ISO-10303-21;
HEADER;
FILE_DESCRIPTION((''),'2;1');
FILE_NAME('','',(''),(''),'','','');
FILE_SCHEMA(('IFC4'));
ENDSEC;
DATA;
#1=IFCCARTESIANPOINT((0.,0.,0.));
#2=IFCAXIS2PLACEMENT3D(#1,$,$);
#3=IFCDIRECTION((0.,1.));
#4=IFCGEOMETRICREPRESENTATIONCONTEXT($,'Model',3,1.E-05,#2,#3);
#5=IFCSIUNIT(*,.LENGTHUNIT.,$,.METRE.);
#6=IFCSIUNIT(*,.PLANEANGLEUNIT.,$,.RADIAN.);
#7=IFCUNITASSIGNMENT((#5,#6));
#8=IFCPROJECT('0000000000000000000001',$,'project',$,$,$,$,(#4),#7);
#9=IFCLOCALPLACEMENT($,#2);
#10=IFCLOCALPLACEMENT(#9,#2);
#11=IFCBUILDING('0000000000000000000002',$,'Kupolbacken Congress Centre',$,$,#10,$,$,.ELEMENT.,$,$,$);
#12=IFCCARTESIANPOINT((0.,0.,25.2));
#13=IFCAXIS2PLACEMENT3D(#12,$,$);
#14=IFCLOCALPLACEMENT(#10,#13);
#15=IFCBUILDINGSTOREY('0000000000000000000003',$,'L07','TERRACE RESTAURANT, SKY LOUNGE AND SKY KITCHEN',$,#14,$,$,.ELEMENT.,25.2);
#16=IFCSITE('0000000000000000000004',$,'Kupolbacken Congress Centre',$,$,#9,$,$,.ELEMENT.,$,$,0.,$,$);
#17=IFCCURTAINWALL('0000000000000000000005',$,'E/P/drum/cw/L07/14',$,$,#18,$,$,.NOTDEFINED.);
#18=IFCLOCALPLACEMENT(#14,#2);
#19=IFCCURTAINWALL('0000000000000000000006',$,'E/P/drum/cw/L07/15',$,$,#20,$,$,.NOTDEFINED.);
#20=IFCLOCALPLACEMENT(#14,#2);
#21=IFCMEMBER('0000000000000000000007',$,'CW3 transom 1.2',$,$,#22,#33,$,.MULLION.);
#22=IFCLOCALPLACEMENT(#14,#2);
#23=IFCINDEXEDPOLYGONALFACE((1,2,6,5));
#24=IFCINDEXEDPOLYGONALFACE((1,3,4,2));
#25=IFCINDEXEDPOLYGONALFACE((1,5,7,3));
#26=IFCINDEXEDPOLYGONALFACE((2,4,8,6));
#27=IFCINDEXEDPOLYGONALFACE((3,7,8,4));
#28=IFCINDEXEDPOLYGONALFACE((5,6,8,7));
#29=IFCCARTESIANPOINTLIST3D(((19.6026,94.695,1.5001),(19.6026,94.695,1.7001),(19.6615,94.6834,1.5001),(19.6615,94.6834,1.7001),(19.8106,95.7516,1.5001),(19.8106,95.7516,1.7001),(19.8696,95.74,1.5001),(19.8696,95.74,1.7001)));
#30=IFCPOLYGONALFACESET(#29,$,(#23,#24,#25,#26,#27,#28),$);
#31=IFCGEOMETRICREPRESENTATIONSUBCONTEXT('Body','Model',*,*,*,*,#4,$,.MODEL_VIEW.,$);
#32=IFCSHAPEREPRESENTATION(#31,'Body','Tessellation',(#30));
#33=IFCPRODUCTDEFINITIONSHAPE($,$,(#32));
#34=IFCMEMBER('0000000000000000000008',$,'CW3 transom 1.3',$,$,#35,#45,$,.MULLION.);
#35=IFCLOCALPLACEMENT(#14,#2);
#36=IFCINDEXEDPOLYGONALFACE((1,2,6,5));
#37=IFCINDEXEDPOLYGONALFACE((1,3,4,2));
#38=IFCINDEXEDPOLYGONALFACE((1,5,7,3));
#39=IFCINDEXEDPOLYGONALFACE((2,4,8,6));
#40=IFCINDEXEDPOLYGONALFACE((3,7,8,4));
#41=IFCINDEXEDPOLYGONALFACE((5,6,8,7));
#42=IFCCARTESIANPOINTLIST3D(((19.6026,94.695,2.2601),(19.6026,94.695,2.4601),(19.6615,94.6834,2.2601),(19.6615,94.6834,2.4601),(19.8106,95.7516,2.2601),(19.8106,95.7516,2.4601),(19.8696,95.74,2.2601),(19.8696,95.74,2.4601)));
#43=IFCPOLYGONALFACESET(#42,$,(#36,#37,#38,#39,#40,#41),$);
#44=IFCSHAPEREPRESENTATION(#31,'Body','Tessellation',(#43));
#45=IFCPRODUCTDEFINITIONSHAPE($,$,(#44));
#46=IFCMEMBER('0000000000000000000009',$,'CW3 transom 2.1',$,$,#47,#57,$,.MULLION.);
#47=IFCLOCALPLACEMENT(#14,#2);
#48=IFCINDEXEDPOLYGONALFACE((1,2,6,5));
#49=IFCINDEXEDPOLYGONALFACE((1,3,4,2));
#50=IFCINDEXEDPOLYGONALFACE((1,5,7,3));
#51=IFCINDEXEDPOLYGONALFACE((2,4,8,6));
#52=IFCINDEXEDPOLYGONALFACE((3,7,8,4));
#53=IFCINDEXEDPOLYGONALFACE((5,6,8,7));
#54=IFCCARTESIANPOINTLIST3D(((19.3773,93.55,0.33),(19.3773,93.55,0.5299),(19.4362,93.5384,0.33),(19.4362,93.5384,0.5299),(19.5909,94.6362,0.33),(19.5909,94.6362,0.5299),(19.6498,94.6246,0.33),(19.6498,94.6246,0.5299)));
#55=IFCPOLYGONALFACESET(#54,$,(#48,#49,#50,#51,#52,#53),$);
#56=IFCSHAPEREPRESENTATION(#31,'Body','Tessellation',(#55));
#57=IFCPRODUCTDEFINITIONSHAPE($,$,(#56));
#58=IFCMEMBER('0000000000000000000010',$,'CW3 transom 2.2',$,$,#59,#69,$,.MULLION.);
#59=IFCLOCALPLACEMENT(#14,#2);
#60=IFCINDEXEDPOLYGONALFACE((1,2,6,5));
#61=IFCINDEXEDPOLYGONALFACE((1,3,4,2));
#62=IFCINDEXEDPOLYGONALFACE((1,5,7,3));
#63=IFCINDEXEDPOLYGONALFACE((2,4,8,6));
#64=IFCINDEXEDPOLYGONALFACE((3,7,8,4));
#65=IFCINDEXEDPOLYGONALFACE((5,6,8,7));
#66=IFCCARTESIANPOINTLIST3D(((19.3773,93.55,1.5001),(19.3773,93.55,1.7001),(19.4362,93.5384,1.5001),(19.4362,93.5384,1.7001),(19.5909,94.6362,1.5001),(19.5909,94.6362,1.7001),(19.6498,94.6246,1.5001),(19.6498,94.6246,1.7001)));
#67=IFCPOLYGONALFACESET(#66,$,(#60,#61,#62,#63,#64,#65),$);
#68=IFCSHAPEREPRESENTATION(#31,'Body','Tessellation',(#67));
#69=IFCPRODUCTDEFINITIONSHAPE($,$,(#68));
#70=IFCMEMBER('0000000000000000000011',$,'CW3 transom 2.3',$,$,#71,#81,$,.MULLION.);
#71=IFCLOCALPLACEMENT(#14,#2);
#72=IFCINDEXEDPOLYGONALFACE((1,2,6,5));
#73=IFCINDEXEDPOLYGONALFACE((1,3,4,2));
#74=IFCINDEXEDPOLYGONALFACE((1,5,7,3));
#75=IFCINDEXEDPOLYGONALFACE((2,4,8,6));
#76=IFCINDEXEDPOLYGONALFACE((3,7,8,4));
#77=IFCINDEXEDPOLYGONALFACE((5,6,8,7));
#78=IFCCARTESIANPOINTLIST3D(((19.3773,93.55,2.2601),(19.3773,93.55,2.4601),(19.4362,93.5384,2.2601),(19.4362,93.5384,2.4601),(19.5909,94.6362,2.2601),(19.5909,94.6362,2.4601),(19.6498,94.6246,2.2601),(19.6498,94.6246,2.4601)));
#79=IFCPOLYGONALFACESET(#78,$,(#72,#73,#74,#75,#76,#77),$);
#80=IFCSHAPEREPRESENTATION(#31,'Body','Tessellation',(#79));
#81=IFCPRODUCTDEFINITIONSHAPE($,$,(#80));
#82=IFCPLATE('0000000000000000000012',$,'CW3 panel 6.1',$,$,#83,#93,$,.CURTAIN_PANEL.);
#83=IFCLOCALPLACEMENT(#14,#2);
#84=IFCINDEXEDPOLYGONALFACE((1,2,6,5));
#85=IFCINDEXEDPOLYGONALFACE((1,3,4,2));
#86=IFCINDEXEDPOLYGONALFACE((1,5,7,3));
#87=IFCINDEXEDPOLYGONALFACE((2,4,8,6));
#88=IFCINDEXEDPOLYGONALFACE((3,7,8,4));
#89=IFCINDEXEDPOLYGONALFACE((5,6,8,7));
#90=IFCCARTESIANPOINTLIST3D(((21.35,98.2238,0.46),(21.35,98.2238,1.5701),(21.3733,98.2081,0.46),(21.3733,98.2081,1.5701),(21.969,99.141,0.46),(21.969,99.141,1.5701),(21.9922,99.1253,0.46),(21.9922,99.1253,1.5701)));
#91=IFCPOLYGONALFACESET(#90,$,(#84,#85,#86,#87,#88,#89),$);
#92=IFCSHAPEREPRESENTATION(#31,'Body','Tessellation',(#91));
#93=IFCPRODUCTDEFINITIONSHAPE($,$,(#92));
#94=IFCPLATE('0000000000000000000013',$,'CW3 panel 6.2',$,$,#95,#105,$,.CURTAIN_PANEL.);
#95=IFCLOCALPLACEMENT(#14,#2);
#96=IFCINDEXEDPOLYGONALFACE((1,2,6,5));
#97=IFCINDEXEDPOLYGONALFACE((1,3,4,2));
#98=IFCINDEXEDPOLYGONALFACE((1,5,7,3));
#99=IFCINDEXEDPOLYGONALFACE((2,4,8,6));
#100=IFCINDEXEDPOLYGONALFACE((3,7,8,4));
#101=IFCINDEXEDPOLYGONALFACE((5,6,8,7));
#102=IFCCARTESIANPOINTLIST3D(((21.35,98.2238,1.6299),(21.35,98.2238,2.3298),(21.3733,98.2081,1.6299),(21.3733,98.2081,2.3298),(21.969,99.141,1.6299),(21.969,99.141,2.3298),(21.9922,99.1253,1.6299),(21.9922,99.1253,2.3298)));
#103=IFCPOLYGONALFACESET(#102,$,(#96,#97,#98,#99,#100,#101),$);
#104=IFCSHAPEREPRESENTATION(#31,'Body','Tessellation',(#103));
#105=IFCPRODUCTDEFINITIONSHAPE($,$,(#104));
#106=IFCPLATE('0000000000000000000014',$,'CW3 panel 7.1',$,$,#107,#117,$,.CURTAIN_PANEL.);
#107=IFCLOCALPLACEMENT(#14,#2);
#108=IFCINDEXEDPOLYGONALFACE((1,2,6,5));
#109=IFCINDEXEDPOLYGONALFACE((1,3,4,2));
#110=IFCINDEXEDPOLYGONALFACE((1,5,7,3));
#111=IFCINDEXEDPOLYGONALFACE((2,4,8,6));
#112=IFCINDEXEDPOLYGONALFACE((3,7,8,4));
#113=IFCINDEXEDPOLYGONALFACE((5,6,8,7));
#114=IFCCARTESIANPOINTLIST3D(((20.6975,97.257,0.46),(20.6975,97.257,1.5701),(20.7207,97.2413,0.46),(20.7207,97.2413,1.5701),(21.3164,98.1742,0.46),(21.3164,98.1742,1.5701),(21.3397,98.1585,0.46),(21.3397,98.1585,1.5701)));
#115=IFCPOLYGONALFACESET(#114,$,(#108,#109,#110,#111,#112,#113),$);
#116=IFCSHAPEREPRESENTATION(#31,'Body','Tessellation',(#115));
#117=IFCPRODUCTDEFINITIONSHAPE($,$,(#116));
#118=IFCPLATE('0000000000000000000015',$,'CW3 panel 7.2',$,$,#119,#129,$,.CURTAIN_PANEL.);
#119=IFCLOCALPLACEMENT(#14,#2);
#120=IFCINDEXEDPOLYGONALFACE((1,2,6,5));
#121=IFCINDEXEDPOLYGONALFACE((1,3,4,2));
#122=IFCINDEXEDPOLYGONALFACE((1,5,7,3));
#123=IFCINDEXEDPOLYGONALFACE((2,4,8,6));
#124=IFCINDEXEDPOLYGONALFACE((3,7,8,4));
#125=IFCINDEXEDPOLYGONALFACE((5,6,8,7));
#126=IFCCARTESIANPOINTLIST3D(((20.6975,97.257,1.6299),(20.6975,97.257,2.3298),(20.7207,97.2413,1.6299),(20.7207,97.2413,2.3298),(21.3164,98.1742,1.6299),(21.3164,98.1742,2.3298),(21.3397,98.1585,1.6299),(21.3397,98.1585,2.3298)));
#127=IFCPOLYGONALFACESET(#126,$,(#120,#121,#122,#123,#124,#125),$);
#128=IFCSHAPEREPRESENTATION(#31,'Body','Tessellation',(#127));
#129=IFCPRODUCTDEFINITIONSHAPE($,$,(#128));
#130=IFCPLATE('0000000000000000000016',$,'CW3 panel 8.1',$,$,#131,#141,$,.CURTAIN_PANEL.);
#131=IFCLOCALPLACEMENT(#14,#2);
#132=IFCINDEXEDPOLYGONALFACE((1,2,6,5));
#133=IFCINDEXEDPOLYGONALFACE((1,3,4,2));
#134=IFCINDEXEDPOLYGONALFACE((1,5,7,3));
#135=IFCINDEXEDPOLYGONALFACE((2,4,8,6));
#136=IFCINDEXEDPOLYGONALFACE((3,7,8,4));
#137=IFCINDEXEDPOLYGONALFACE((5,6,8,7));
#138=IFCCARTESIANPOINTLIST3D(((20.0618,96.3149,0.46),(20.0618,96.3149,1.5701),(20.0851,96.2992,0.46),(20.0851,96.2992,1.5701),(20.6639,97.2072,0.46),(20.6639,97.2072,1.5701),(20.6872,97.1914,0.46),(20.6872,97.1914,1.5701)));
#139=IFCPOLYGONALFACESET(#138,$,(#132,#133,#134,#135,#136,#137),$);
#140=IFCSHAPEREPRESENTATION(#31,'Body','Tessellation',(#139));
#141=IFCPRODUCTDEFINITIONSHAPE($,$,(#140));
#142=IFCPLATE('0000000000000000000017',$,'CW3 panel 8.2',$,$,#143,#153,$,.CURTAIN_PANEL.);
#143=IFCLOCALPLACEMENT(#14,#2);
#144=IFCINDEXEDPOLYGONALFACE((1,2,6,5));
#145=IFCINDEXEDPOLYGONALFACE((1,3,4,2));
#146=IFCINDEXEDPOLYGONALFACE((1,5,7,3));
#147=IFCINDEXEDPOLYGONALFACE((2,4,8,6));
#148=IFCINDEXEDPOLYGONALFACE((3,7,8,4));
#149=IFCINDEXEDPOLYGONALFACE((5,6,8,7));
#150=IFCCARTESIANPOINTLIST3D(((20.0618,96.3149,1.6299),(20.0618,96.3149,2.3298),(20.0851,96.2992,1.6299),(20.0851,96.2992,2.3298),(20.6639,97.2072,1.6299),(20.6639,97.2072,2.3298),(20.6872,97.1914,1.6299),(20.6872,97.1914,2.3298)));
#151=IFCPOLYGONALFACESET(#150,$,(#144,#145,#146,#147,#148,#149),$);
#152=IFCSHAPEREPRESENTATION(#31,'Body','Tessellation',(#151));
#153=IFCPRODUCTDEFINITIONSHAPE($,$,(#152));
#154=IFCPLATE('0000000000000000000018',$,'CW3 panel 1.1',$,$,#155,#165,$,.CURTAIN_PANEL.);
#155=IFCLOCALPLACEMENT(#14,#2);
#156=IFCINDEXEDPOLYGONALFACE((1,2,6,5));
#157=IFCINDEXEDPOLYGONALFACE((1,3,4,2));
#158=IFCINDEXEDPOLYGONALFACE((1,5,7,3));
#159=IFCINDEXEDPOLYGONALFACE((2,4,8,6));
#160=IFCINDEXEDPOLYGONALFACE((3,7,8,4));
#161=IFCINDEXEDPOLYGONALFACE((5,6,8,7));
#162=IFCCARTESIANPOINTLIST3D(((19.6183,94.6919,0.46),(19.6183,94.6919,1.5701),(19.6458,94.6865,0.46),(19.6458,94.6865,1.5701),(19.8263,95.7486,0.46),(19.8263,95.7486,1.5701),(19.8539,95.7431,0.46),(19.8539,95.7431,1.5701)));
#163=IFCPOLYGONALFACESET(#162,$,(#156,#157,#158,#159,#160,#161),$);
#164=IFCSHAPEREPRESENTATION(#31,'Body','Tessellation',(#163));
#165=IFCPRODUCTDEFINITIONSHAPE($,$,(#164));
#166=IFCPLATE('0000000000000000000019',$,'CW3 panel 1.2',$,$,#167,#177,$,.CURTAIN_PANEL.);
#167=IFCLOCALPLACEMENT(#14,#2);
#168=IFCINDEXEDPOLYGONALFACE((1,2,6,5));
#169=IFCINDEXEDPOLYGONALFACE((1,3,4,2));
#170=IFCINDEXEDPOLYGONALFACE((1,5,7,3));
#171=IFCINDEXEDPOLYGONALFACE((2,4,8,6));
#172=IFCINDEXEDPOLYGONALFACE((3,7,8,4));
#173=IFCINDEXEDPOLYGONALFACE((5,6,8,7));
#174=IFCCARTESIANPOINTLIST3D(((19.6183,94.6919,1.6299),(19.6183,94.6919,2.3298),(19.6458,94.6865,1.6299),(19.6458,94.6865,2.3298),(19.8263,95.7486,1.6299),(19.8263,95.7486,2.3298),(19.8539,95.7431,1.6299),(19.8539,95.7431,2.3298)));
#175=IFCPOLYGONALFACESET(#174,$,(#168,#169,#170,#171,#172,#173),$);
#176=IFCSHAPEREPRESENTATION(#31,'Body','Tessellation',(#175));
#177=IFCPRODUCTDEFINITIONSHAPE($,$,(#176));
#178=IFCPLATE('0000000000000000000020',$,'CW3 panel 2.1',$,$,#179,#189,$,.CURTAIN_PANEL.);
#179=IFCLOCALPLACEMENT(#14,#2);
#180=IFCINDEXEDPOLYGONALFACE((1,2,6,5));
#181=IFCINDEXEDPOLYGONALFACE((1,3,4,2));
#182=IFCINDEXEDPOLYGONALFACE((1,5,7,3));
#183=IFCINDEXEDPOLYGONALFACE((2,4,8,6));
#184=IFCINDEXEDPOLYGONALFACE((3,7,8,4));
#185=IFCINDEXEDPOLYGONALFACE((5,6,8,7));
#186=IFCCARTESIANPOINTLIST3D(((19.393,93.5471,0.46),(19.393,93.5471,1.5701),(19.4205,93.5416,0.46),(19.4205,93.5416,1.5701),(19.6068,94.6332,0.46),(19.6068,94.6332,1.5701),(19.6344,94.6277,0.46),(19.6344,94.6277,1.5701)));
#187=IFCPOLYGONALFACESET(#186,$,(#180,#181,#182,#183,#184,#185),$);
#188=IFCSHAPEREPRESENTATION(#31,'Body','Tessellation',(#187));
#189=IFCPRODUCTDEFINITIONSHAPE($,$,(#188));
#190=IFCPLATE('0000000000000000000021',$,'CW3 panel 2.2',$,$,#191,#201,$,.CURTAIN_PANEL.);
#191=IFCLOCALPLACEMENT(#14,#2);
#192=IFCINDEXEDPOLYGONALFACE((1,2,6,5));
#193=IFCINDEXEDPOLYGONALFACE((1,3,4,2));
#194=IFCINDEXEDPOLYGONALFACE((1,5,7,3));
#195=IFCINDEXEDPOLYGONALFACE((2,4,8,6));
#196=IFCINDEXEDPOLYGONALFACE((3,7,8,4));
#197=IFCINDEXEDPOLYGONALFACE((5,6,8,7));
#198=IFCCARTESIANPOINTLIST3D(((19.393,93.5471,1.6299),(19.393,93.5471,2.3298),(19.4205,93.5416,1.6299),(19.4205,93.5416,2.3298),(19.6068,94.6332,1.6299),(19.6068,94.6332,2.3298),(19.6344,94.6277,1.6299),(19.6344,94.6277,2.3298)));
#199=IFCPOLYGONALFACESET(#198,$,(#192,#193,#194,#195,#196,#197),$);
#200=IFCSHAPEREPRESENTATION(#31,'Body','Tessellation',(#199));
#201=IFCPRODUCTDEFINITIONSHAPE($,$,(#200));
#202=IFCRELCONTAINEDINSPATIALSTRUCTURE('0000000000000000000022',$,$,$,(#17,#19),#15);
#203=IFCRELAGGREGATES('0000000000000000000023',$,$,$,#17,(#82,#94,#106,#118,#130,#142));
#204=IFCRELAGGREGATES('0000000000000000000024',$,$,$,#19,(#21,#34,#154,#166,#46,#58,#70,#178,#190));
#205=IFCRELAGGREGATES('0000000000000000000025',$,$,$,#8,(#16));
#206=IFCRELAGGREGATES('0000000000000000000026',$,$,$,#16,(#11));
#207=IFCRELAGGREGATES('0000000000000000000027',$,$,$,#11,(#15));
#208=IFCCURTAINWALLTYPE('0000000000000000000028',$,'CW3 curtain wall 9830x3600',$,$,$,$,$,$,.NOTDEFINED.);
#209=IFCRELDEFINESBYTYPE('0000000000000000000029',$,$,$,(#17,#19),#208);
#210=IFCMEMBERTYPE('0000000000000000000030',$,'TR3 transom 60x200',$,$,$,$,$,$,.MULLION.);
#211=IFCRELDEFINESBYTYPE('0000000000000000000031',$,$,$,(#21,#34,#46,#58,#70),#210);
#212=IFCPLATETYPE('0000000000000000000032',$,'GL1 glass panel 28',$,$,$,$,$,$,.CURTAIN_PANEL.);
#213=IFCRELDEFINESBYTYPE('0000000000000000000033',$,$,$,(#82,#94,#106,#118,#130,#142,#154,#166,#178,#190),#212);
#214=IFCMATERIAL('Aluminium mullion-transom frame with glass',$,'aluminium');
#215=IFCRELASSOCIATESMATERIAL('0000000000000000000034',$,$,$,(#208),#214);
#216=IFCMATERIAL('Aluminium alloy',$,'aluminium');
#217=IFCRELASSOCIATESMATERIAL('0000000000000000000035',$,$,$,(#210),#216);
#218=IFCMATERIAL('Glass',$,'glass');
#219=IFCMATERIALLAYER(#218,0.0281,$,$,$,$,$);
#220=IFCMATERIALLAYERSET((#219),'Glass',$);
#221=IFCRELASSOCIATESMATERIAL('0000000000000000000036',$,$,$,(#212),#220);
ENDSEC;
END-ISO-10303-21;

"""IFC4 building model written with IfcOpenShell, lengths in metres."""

from ifc_helpers import new_model, si_unit, direction, frame, origin, origin_2d, place, context, subcontext, project, spatial, rectangle, extrude, material, layer, layer_set, material_profile, profile_set, type_object, element, aggregate, save


model = new_model("IFC4")

# Units and contexts
model_context = context("Model", 3, precision=1e-05, world=origin(), true_north=direction((0.0, 1.0)))
body_context = subcontext(model_context, "Body", "Model", "MODEL_VIEW")
ifc_project = project(units=[si_unit("LENGTHUNIT", "METRE"), si_unit("PLANEANGLEUNIT", "RADIAN")], contexts=[model_context])

# Site, building, storey
site_placement = place(None, origin())
site = spatial("IfcSite", under=ifc_project, at=site_placement, Name="Kupolbacken Congress Centre", CompositionType="ELEMENT", RefElevation=0.0)
building_placement = place(site_placement, origin())
building = spatial("IfcBuilding", under=site, at=building_placement, Name="Kupolbacken Congress Centre", CompositionType="ELEMENT")
storey_placement = place(building_placement, frame((0.0, 0.0, 25.2)))
storey = spatial("IfcBuildingStorey", under=building, at=storey_placement, Name="L07", Description="TERRACE RESTAURANT, SKY LOUNGE AND SKY KITCHEN", CompositionType="ELEMENT", Elevation=25.2)

# Curtain walls
ifc_material_1 = material(Name="Aluminium mullion-transom frame with glass", Category="aluminium")
curtain_wall_type = type_object("IfcCurtainWallType", Name="CW3 curtain wall 9830x3600", PredefinedType="NOTDEFINED", material=ifc_material_1)
curtain_wall_1_placement = place(storey_placement, origin())
curtain_wall_1 = element("IfcCurtainWall", 1, at=curtain_wall_1_placement, inside=storey, type_object=curtain_wall_type, Name="E/P/drum/cw/L07/14", PredefinedType="NOTDEFINED")
curtain_wall_2_placement = place(storey_placement, origin())
curtain_wall_2 = element("IfcCurtainWall", 2, at=curtain_wall_2_placement, inside=storey, type_object=curtain_wall_type, Name="E/P/drum/cw/L07/15", PredefinedType="NOTDEFINED")

# Members
ifc_material_2 = material(Name="Aluminium alloy", Category="aluminium")
ifc_material_profile_1 = material_profile(ifc_material_2, rectangle(XDim=0.0601, YDim=0.2, at=origin_2d()), Name="60 x 200")
ifc_profile_set_1 = profile_set([ifc_material_profile_1], Name="Aluminium alloy")
member_type_1 = type_object("IfcMemberType", Name="TR3 transom 60x200", PredefinedType="MULLION", material=ifc_profile_set_1)
member_1_placement = place(storey_placement, frame((19.8401, 95.7458, 1.6001), z_axis=(-0.193151, -0.981169, 0.0), x_axis=(0.981169, -0.193151, 0.0)))
member_1 = element("IfcMember", 3, at=member_1_placement, type_object=member_type_1, Name="CW3 transom 1.2", PredefinedType="MULLION", context=body_context, shape_type="SweptSolid", body=[
    extrude(rectangle(XDim=0.0601, YDim=0.2, at=origin_2d()), origin(), (0.0, 0.0, 1.0), 1.0769),
])
member_2_placement = place(storey_placement, frame((19.8401, 95.7458, 2.3601), z_axis=(-0.193151, -0.981169, 0.0), x_axis=(0.981169, -0.193151, 0.0)))
member_2 = element("IfcMember", 4, at=member_2_placement, type_object=member_type_1, Name="CW3 transom 1.3", PredefinedType="MULLION", context=body_context, shape_type="SweptSolid", body=[
    extrude(rectangle(XDim=0.0601, YDim=0.2, at=origin_2d()), origin(), (0.0, 0.0, 1.0), 1.0769),
])
member_3_placement = place(storey_placement, frame((19.6204, 94.6304, 0.4299), z_axis=(-0.192977, -0.981203, 0.0), x_axis=(0.981203, -0.192977, 0.0)))
member_3 = element("IfcMember", 5, at=member_3_placement, type_object=member_type_1, Name="CW3 transom 2.1", PredefinedType="MULLION", context=body_context, shape_type="SweptSolid", body=[
    extrude(rectangle(XDim=0.0601, YDim=0.2, at=origin_2d()), origin(), (0.0, 0.0, 1.0), 1.1069),
])
member_4_placement = place(storey_placement, frame((19.6204, 94.6304, 1.6001), z_axis=(-0.192977, -0.981203, 0.0), x_axis=(0.981203, -0.192977, 0.0)))
member_4 = element("IfcMember", 6, at=member_4_placement, type_object=member_type_1, Name="CW3 transom 2.2", PredefinedType="MULLION", context=body_context, shape_type="SweptSolid", body=[
    extrude(rectangle(XDim=0.0601, YDim=0.2, at=origin_2d()), origin(), (0.0, 0.0, 1.0), 1.1069),
])
member_5_placement = place(storey_placement, frame((19.6204, 94.6304, 2.3601), z_axis=(-0.192977, -0.981203, 0.0), x_axis=(0.981203, -0.192977, 0.0)))
member_5 = element("IfcMember", 7, at=member_5_placement, type_object=member_type_1, Name="CW3 transom 2.3", PredefinedType="MULLION", context=body_context, shape_type="SweptSolid", body=[
    extrude(rectangle(XDim=0.0601, YDim=0.2, at=origin_2d()), origin(), (0.0, 0.0, 1.0), 1.1069),
])

# Plates
ifc_material_3 = material(Name="Glass", Category="glass")
ifc_layer_1 = layer(ifc_material_3, 0.0281)
ifc_layer_set_1 = layer_set([ifc_layer_1], Name="Glass")
plate_type = type_object("IfcPlateType", Name="GL1 glass panel 28", PredefinedType="CURTAIN_PANEL", material=ifc_layer_set_1)
plate_1_placement = place(storey_placement, frame((21.6711, 98.6746, 0.46), z_axis=(0.0, 0.0, 1.0), x_axis=(-0.559386, -0.828908, 0.0)))
plate_1 = element("IfcPlate", 8, at=plate_1_placement, type_object=plate_type, Name="CW3 panel 6.1", PredefinedType="CURTAIN_PANEL", context=body_context, shape_type="SweptSolid", body=[
    extrude(rectangle(XDim=1.1064, YDim=0.0281, at=origin_2d()), origin(), (0.0, 0.0, 1.0), 1.1101),
])
plate_2_placement = place(storey_placement, frame((21.6711, 98.6746, 1.6299), z_axis=(0.0, 0.0, 1.0), x_axis=(-0.559386, -0.828908, 0.0)))
plate_2 = element("IfcPlate", 9, at=plate_2_placement, type_object=plate_type, Name="CW3 panel 6.2", PredefinedType="CURTAIN_PANEL", context=body_context, shape_type="SweptSolid", body=[
    extrude(rectangle(XDim=1.1064, YDim=0.0281, at=origin_2d()), origin(), (0.0, 0.0, 1.0), 0.7),
])
plate_3_placement = place(storey_placement, frame((21.0186, 97.7078, 0.46), z_axis=(0.0, 0.0, 1.0), x_axis=(-0.559386, -0.828908, 0.0)))
plate_3 = element("IfcPlate", 10, at=plate_3_placement, type_object=plate_type, Name="CW3 panel 7.1", PredefinedType="CURTAIN_PANEL", context=body_context, shape_type="SweptSolid", body=[
    extrude(rectangle(XDim=1.1064, YDim=0.0281, at=origin_2d()), origin(), (0.0, 0.0, 1.0), 1.1101),
])
plate_4_placement = place(storey_placement, frame((21.0186, 97.7078, 1.6299), z_axis=(0.0, 0.0, 1.0), x_axis=(-0.559386, -0.828908, 0.0)))
plate_4 = element("IfcPlate", 11, at=plate_4_placement, type_object=plate_type, Name="CW3 panel 7.2", PredefinedType="CURTAIN_PANEL", context=body_context, shape_type="SweptSolid", body=[
    extrude(rectangle(XDim=1.1064, YDim=0.0281, at=origin_2d()), origin(), (0.0, 0.0, 1.0), 0.7),
])
plate_5_placement = place(storey_placement, frame((20.3745, 96.7532, 0.46), z_axis=(0.0, 0.0, 1.0), x_axis=(-0.559386, -0.828908, 0.0)))
plate_5 = element("IfcPlate", 12, at=plate_5_placement, type_object=plate_type, Name="CW3 panel 8.1", PredefinedType="CURTAIN_PANEL", context=body_context, shape_type="SweptSolid", body=[
    extrude(rectangle(XDim=1.0764, YDim=0.0281, at=origin_2d()), origin(), (0.0, 0.0, 1.0), 1.1101),
])
plate_6_placement = place(storey_placement, frame((20.3745, 96.7532, 1.6299), z_axis=(0.0, 0.0, 1.0), x_axis=(-0.559386, -0.828908, 0.0)))
plate_6 = element("IfcPlate", 13, at=plate_6_placement, type_object=plate_type, Name="CW3 panel 8.2", PredefinedType="CURTAIN_PANEL", context=body_context, shape_type="SweptSolid", body=[
    extrude(rectangle(XDim=1.0764, YDim=0.0281, at=origin_2d()), origin(), (0.0, 0.0, 1.0), 0.7),
])
aggregate(curtain_wall_1, [plate_1, plate_2, plate_3, plate_4, plate_5, plate_6])
plate_7_placement = place(storey_placement, frame((19.7361, 95.2175, 0.46), z_axis=(0.0, 0.0, 1.0), x_axis=(-0.193182, -0.981163, 0.0)))
plate_7 = element("IfcPlate", 14, at=plate_7_placement, type_object=plate_type, Name="CW3 panel 1.1", PredefinedType="CURTAIN_PANEL", context=body_context, shape_type="SweptSolid", body=[
    extrude(rectangle(XDim=1.0769, YDim=0.0281, at=origin_2d()), origin(), (0.0, 0.0, 1.0), 1.1101),
])
plate_8_placement = place(storey_placement, frame((19.7361, 95.2175, 1.6299), z_axis=(0.0, 0.0, 1.0), x_axis=(-0.193182, -0.981163, 0.0)))
plate_8 = element("IfcPlate", 15, at=plate_8_placement, type_object=plate_type, Name="CW3 panel 1.2", PredefinedType="CURTAIN_PANEL", context=body_context, shape_type="SweptSolid", body=[
    extrude(rectangle(XDim=1.0769, YDim=0.0281, at=origin_2d()), origin(), (0.0, 0.0, 1.0), 0.7),
])
plate_9_placement = place(storey_placement, frame((19.5137, 94.0874, 0.46), z_axis=(0.0, 0.0, 1.0), x_axis=(-0.193182, -0.981163, 0.0)))
plate_9 = element("IfcPlate", 16, at=plate_9_placement, type_object=plate_type, Name="CW3 panel 2.1", PredefinedType="CURTAIN_PANEL", context=body_context, shape_type="SweptSolid", body=[
    extrude(rectangle(XDim=1.1069, YDim=0.0281, at=origin_2d()), origin(), (0.0, 0.0, 1.0), 1.1101),
])
plate_10_placement = place(storey_placement, frame((19.5137, 94.0874, 1.6299), z_axis=(0.0, 0.0, 1.0), x_axis=(-0.193182, -0.981163, 0.0)))
plate_10 = element("IfcPlate", 17, at=plate_10_placement, type_object=plate_type, Name="CW3 panel 2.2", PredefinedType="CURTAIN_PANEL", context=body_context, shape_type="SweptSolid", body=[
    extrude(rectangle(XDim=1.1069, YDim=0.0281, at=origin_2d()), origin(), (0.0, 0.0, 1.0), 0.7),
])
aggregate(curtain_wall_2, [member_1, member_2, plate_7, plate_8, member_3, member_4, member_5, plate_9, plate_10])

save(model, "model.ifc")
